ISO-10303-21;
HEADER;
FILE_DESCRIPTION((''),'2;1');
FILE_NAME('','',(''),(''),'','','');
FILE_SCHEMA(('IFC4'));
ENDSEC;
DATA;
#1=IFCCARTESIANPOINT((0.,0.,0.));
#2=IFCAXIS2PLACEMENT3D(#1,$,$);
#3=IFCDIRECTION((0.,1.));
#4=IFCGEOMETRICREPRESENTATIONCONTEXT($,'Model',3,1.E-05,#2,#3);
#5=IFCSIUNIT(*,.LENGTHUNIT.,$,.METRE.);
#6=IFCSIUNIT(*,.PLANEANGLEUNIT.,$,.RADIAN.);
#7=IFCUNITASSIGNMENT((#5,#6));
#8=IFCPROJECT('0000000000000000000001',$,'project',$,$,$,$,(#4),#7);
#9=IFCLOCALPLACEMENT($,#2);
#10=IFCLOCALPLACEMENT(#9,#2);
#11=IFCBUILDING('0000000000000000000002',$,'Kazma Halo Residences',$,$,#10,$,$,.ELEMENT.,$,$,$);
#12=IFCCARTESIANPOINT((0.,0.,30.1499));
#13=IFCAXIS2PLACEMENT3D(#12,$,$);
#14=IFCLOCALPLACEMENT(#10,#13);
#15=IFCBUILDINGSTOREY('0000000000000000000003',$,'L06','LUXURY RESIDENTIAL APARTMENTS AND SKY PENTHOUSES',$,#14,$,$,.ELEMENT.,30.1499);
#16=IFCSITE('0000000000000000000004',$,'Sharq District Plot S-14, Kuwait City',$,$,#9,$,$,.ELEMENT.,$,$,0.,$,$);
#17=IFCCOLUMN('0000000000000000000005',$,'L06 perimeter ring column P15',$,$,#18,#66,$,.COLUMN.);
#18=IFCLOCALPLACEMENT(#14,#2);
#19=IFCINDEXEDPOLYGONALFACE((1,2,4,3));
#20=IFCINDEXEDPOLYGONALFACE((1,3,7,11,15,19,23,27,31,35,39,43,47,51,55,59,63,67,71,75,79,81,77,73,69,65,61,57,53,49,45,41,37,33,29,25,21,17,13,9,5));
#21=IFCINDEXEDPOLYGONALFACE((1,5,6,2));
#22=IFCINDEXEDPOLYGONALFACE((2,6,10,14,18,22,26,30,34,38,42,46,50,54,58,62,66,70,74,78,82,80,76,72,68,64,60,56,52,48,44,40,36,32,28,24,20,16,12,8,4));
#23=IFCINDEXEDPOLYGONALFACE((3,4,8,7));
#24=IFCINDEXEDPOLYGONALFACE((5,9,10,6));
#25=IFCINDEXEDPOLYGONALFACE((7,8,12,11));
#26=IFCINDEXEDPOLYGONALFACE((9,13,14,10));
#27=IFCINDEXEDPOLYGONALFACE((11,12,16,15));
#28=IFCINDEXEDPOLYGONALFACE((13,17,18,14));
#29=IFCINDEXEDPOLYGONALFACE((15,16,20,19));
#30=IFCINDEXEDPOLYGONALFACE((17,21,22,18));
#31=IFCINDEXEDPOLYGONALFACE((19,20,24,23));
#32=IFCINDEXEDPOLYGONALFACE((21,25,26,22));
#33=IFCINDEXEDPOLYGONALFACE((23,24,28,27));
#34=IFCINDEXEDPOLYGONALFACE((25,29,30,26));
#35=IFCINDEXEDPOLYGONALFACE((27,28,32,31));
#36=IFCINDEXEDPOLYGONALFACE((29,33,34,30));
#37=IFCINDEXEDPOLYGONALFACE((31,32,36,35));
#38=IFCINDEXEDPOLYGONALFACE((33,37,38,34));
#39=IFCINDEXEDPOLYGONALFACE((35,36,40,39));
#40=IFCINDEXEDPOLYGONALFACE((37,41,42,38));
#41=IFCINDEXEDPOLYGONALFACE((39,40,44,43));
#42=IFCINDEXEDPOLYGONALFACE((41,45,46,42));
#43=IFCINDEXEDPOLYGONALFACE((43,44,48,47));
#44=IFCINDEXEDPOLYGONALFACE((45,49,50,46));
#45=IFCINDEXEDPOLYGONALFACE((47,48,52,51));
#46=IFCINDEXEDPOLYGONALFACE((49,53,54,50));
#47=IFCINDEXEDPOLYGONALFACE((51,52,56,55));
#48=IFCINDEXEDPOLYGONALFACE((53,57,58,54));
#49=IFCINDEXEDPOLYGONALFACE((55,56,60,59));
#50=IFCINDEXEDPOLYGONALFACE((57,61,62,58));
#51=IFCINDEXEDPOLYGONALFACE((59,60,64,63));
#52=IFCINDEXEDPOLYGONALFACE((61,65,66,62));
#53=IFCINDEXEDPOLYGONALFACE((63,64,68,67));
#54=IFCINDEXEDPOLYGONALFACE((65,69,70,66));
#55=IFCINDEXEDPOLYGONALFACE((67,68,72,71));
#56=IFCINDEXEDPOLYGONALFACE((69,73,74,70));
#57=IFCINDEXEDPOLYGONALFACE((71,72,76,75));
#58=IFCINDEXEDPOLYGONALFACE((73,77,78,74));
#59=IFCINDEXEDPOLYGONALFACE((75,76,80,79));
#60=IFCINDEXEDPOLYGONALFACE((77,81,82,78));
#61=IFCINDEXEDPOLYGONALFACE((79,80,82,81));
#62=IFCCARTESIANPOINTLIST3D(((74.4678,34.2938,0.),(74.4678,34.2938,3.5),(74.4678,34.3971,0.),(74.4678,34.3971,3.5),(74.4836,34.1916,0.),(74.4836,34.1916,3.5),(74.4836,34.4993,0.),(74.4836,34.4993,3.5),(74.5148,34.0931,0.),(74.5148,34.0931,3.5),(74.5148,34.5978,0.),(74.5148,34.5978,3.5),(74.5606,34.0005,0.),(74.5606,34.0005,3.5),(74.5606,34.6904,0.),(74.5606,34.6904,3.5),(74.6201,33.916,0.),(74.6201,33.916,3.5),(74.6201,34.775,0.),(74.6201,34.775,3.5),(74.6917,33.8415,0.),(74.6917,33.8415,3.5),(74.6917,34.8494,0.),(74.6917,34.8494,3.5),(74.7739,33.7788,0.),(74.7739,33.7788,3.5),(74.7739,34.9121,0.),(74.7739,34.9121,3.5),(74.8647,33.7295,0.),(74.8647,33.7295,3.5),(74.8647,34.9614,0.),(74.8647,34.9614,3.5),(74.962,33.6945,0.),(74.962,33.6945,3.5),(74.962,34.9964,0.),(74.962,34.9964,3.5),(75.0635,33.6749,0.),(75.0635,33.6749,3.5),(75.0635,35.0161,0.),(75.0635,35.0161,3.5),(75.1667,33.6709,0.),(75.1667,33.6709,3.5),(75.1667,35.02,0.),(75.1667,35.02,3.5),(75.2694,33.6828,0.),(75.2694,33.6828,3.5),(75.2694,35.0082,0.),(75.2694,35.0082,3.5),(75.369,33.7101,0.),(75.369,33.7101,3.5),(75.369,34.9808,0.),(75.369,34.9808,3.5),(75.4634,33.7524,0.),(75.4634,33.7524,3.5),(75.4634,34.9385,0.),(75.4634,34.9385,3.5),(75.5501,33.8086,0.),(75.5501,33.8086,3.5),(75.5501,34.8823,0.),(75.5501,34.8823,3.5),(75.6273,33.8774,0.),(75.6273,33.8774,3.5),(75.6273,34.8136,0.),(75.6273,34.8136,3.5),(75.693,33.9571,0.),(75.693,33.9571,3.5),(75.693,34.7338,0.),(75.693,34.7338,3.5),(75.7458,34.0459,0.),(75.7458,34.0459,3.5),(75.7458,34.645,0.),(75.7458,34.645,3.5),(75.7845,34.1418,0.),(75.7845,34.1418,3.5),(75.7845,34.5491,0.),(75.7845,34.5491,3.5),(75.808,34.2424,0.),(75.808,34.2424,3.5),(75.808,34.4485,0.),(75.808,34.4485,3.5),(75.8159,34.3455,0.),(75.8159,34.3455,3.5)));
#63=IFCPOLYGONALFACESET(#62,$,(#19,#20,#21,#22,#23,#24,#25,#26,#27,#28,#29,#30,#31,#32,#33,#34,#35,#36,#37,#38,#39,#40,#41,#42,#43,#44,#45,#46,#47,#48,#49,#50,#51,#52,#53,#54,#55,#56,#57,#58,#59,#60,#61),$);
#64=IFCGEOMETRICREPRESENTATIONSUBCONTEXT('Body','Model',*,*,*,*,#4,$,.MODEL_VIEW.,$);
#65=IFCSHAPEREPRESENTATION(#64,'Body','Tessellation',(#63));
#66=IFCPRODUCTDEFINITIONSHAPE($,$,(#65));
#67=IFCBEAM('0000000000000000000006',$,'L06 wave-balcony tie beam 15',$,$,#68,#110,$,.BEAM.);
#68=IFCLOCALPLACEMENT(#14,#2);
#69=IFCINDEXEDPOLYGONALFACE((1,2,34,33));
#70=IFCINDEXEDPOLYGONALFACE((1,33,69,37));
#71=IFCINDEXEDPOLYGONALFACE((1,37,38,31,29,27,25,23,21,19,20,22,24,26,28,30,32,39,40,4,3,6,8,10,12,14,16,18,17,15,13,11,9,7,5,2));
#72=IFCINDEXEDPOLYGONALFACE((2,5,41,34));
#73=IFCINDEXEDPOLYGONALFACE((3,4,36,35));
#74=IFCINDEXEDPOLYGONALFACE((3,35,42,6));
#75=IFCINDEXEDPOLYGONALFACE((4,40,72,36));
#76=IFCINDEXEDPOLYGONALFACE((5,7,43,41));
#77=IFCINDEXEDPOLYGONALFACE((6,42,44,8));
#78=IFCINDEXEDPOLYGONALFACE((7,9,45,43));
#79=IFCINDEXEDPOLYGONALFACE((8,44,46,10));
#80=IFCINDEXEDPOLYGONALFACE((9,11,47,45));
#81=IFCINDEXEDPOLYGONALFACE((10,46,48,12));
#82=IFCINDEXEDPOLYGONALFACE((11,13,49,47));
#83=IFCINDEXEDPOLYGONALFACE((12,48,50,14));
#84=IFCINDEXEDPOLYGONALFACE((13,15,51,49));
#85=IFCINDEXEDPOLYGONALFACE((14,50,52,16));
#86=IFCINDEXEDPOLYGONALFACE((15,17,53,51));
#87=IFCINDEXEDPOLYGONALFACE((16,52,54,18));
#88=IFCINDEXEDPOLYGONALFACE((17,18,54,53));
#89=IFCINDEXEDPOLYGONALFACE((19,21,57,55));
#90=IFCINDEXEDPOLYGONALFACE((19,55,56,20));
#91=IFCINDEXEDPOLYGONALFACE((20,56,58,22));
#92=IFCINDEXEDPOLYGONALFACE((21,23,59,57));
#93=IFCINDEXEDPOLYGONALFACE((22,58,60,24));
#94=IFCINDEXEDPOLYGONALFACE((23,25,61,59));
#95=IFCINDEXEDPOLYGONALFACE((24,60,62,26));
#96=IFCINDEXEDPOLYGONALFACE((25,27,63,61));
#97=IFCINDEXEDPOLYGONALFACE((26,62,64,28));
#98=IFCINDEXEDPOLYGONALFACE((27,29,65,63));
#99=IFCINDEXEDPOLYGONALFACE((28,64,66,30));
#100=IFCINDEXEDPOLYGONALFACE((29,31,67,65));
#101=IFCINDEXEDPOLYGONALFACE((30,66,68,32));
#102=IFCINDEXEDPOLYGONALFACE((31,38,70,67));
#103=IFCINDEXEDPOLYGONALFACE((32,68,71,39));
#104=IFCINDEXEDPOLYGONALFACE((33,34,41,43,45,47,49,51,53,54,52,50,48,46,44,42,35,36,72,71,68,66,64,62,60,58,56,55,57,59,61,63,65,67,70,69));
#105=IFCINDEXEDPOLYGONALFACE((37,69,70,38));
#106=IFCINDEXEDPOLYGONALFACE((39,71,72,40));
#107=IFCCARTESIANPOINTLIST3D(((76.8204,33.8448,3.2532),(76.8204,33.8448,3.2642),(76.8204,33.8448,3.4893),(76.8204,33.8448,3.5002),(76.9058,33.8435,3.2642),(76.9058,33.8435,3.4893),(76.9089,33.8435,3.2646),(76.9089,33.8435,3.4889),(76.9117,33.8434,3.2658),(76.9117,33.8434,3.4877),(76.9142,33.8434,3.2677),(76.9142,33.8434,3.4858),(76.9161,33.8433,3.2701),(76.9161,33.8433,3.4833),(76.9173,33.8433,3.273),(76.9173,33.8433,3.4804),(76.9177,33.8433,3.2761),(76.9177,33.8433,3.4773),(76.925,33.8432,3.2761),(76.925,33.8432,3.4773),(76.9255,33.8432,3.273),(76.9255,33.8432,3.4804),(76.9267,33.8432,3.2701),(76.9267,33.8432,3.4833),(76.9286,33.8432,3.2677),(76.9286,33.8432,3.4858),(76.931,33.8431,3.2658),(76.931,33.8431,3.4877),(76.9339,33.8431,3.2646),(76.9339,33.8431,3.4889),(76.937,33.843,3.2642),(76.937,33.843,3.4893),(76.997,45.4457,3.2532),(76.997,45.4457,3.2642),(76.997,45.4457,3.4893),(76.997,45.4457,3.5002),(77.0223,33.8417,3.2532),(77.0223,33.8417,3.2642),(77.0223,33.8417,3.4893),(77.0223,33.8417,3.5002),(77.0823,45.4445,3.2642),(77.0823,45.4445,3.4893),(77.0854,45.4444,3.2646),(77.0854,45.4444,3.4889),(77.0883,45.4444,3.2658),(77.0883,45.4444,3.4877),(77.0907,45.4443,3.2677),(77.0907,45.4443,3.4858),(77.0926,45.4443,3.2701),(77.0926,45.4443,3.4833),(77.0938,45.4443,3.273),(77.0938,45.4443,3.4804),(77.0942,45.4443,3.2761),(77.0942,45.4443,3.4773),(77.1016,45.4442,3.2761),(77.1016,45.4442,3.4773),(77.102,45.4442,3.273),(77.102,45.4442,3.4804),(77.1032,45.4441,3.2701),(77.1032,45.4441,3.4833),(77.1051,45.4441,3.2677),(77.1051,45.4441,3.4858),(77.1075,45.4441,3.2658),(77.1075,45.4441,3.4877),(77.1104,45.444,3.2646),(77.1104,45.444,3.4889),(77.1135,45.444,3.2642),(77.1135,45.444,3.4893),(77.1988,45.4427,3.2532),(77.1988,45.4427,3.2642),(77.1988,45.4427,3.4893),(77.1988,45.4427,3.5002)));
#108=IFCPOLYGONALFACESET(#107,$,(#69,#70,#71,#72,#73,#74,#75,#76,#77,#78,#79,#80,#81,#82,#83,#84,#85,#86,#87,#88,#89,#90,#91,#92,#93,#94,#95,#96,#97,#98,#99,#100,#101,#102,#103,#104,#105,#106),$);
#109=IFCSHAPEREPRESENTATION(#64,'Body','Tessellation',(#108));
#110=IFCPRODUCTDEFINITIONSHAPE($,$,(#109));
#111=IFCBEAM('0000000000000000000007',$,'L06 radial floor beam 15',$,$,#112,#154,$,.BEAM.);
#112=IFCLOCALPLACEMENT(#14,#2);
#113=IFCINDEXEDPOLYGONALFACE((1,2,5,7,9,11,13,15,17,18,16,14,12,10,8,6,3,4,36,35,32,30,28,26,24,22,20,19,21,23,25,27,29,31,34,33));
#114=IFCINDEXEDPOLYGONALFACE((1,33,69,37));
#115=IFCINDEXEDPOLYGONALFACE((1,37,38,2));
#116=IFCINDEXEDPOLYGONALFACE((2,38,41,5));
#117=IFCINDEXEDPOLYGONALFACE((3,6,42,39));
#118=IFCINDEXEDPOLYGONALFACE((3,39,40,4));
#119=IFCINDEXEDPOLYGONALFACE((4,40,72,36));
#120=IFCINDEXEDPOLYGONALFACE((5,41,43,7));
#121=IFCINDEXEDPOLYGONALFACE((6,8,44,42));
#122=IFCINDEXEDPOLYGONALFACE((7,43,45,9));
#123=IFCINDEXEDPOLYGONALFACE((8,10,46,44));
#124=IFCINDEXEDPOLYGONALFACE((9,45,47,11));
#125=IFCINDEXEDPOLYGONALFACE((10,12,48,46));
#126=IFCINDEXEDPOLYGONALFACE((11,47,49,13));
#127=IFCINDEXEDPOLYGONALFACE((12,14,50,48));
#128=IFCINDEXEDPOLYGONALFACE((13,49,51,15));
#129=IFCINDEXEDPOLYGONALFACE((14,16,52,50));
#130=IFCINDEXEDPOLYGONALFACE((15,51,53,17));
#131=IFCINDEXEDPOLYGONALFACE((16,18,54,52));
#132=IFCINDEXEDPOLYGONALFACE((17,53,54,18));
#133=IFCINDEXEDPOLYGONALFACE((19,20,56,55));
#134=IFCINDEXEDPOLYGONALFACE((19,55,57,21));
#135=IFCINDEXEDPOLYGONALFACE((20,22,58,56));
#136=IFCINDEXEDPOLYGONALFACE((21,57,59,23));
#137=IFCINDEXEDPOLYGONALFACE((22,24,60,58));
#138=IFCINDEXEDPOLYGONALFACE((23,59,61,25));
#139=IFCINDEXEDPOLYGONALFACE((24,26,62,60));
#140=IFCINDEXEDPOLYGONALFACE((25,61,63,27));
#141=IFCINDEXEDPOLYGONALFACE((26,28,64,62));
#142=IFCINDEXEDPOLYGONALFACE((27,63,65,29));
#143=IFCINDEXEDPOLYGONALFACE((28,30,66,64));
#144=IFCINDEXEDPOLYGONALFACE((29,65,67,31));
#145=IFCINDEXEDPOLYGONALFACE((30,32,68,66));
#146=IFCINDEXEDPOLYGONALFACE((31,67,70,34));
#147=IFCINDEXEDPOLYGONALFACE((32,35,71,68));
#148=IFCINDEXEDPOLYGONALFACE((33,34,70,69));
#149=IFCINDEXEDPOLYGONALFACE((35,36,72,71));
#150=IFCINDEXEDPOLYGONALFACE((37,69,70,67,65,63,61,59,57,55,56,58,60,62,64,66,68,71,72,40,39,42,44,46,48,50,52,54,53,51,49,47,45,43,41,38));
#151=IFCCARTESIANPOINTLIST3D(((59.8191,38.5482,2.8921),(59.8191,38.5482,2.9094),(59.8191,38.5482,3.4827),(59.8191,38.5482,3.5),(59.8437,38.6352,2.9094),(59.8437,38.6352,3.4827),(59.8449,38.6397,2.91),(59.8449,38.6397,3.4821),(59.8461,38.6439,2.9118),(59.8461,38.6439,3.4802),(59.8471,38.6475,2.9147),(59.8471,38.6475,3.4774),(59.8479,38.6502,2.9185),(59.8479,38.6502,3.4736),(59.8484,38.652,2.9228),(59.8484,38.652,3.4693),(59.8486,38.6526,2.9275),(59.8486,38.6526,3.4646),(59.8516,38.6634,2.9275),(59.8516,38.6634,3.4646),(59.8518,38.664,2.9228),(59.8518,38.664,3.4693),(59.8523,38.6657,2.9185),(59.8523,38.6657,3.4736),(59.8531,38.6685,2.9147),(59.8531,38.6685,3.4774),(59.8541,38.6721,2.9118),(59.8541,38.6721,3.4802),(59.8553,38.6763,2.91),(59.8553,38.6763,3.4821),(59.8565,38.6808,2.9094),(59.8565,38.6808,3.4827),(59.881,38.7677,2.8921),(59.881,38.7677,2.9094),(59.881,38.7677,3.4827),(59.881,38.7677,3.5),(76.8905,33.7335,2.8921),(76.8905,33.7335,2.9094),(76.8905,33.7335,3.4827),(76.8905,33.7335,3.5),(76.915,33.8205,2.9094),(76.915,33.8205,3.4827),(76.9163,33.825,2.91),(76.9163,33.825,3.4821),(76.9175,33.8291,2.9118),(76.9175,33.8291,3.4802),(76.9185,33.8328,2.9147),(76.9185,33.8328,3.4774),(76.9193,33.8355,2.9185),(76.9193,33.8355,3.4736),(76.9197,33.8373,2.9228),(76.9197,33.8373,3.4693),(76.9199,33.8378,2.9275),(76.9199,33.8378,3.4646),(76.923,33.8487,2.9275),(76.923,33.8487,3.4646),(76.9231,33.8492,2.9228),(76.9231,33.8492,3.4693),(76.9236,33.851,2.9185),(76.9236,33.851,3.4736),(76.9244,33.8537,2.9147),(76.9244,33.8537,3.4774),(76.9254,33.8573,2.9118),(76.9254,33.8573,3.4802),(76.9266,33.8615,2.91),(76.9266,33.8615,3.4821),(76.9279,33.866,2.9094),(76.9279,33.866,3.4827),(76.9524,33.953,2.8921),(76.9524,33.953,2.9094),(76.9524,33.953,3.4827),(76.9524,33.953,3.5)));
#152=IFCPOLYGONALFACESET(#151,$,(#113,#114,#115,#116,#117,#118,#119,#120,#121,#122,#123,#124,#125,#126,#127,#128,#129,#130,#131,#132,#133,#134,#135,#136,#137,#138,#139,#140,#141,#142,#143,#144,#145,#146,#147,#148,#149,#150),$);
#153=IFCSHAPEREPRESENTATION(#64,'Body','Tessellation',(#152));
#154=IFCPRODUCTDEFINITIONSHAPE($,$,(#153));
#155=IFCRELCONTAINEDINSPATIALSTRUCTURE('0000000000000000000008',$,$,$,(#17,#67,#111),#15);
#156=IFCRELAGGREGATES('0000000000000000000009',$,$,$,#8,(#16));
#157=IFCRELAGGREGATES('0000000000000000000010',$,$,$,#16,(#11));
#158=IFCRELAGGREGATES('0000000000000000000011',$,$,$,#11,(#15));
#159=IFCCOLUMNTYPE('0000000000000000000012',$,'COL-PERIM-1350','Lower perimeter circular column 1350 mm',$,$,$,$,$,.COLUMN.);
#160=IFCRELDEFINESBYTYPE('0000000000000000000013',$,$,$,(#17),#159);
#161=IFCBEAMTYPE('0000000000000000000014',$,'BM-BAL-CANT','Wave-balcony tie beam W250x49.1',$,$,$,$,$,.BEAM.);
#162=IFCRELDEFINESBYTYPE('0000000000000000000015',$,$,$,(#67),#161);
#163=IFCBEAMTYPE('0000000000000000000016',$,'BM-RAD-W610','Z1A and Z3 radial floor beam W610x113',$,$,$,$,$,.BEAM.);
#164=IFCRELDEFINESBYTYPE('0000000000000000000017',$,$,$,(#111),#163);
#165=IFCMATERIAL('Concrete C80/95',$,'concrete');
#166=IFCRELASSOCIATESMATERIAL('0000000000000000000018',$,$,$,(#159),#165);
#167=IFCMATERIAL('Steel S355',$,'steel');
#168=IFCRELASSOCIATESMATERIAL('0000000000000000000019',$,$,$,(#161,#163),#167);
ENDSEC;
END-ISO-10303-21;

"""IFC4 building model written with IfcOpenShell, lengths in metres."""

from ifc_helpers import new_model, si_unit, direction, frame, origin, origin_2d, place, context, subcontext, project, spatial, circle, i_section, extrude, material, material_profile, profile_set, type_object, element, save


model = new_model("IFC4")

# Units and contexts
model_context = context("Model", 3, precision=1e-05, world=origin(), true_north=direction((0.0, 1.0)))
body_context = subcontext(model_context, "Body", "Model", "MODEL_VIEW")
ifc_project = project(units=[si_unit("LENGTHUNIT", "METRE"), si_unit("PLANEANGLEUNIT", "RADIAN")], contexts=[model_context])

# Site, building, storey
site_placement = place(None, origin())
site = spatial("IfcSite", under=ifc_project, at=site_placement, Name="Sharq District Plot S-14, Kuwait City", CompositionType="ELEMENT", RefElevation=0.0)
building_placement = place(site_placement, origin())
building = spatial("IfcBuilding", under=site, at=building_placement, Name="Kazma Halo Residences", CompositionType="ELEMENT")
storey_placement = place(building_placement, frame((0.0, 0.0, 30.1499)))
storey = spatial("IfcBuildingStorey", under=building, at=storey_placement, Name="L06", Description="LUXURY RESIDENTIAL APARTMENTS AND SKY PENTHOUSES", CompositionType="ELEMENT", Elevation=30.1499)

# Column
ifc_material_1 = material(Name="Concrete C80/95", Category="concrete")
ifc_material_profile_1 = material_profile(ifc_material_1, circle(Radius=0.675, at=origin_2d()), Name="CIRC1350")
ifc_profile_set_1 = profile_set([ifc_material_profile_1], Name="Concrete C80/95")
column_type = type_object("IfcColumnType", Name="COL-PERIM-1350", Description="Lower perimeter circular column 1350 mm", PredefinedType="COLUMN", material=ifc_profile_set_1)
column_placement = place(storey_placement, frame((75.1409, 34.3455, 0.0), z_axis=(0.0, 0.0, 1.0), x_axis=(1.0, 0.0, 0.0)))
element("IfcColumn", 1, at=column_placement, inside=storey, type_object=column_type, Name="L06 perimeter ring column P15", PredefinedType="COLUMN", context=body_context, shape_type="SweptSolid", body=[
    extrude(circle(Radius=0.675, at=origin_2d()), origin(), (0.0, 0.0, 1.0), 3.5),
])

# Beams
ifc_material_2 = material(Name="Steel S355", Category="steel")
ifc_material_profile_2 = material_profile(ifc_material_2, i_section(OverallWidth=0.2019, OverallDepth=0.2471, WebThickness=0.0073, FlangeThickness=0.011, FilletRadius=0.012, at=origin_2d()), Name="W250x49.1")
ifc_profile_set_2 = profile_set([ifc_material_profile_2], Name="Steel S355")
beam_type_1 = type_object("IfcBeamType", Name="BM-BAL-CANT", Description="Wave-balcony tie beam W250x49.1", PredefinedType="BEAM", material=ifc_profile_set_2)
beam_1_placement = place(storey_placement, frame((76.9214, 33.8433, 3.3767), z_axis=(0.015214, 0.999884, 0.0), x_axis=(-0.999884, 0.015214, 0.0)))
element("IfcBeam", 2, at=beam_1_placement, inside=storey, type_object=beam_type_1, Name="L06 wave-balcony tie beam 15", PredefinedType="BEAM", context=body_context, shape_type="SweptSolid", body=[
    extrude(i_section(OverallWidth=0.2019, OverallDepth=0.2471, WebThickness=0.0073, FlangeThickness=0.011, FilletRadius=0.012, at=origin_2d()), origin(), (0.0, 0.0, 1.0), 11.6023),
])
ifc_material_profile_3 = material_profile(ifc_material_2, i_section(OverallWidth=0.228, OverallDepth=0.6079, WebThickness=0.0112, FlangeThickness=0.0173, FilletRadius=0.0181, at=origin_2d()), Name="W610x113")
ifc_profile_set_3 = profile_set([ifc_material_profile_3], Name="Steel S355")
beam_type_2 = type_object("IfcBeamType", Name="BM-RAD-W610", Description="Z1A and Z3 radial floor beam W610x113", PredefinedType="BEAM", material=ifc_profile_set_3)
beam_2_placement = place(storey_placement, frame((59.8501, 38.658, 3.196), z_axis=(0.962454, -0.271445, 0.0), x_axis=(0.271445, 0.962454, 0.0)))
element("IfcBeam", 3, at=beam_2_placement, inside=storey, type_object=beam_type_2, Name="L06 radial floor beam 15", PredefinedType="BEAM", context=body_context, shape_type="SweptSolid", body=[
    extrude(i_section(OverallWidth=0.228, OverallDepth=0.6079, WebThickness=0.0112, FlangeThickness=0.0173, FilletRadius=0.0181, at=origin_2d()), origin(), (0.0, 0.0, 1.0), 17.7373),
])

save(model, "model.ifc")
